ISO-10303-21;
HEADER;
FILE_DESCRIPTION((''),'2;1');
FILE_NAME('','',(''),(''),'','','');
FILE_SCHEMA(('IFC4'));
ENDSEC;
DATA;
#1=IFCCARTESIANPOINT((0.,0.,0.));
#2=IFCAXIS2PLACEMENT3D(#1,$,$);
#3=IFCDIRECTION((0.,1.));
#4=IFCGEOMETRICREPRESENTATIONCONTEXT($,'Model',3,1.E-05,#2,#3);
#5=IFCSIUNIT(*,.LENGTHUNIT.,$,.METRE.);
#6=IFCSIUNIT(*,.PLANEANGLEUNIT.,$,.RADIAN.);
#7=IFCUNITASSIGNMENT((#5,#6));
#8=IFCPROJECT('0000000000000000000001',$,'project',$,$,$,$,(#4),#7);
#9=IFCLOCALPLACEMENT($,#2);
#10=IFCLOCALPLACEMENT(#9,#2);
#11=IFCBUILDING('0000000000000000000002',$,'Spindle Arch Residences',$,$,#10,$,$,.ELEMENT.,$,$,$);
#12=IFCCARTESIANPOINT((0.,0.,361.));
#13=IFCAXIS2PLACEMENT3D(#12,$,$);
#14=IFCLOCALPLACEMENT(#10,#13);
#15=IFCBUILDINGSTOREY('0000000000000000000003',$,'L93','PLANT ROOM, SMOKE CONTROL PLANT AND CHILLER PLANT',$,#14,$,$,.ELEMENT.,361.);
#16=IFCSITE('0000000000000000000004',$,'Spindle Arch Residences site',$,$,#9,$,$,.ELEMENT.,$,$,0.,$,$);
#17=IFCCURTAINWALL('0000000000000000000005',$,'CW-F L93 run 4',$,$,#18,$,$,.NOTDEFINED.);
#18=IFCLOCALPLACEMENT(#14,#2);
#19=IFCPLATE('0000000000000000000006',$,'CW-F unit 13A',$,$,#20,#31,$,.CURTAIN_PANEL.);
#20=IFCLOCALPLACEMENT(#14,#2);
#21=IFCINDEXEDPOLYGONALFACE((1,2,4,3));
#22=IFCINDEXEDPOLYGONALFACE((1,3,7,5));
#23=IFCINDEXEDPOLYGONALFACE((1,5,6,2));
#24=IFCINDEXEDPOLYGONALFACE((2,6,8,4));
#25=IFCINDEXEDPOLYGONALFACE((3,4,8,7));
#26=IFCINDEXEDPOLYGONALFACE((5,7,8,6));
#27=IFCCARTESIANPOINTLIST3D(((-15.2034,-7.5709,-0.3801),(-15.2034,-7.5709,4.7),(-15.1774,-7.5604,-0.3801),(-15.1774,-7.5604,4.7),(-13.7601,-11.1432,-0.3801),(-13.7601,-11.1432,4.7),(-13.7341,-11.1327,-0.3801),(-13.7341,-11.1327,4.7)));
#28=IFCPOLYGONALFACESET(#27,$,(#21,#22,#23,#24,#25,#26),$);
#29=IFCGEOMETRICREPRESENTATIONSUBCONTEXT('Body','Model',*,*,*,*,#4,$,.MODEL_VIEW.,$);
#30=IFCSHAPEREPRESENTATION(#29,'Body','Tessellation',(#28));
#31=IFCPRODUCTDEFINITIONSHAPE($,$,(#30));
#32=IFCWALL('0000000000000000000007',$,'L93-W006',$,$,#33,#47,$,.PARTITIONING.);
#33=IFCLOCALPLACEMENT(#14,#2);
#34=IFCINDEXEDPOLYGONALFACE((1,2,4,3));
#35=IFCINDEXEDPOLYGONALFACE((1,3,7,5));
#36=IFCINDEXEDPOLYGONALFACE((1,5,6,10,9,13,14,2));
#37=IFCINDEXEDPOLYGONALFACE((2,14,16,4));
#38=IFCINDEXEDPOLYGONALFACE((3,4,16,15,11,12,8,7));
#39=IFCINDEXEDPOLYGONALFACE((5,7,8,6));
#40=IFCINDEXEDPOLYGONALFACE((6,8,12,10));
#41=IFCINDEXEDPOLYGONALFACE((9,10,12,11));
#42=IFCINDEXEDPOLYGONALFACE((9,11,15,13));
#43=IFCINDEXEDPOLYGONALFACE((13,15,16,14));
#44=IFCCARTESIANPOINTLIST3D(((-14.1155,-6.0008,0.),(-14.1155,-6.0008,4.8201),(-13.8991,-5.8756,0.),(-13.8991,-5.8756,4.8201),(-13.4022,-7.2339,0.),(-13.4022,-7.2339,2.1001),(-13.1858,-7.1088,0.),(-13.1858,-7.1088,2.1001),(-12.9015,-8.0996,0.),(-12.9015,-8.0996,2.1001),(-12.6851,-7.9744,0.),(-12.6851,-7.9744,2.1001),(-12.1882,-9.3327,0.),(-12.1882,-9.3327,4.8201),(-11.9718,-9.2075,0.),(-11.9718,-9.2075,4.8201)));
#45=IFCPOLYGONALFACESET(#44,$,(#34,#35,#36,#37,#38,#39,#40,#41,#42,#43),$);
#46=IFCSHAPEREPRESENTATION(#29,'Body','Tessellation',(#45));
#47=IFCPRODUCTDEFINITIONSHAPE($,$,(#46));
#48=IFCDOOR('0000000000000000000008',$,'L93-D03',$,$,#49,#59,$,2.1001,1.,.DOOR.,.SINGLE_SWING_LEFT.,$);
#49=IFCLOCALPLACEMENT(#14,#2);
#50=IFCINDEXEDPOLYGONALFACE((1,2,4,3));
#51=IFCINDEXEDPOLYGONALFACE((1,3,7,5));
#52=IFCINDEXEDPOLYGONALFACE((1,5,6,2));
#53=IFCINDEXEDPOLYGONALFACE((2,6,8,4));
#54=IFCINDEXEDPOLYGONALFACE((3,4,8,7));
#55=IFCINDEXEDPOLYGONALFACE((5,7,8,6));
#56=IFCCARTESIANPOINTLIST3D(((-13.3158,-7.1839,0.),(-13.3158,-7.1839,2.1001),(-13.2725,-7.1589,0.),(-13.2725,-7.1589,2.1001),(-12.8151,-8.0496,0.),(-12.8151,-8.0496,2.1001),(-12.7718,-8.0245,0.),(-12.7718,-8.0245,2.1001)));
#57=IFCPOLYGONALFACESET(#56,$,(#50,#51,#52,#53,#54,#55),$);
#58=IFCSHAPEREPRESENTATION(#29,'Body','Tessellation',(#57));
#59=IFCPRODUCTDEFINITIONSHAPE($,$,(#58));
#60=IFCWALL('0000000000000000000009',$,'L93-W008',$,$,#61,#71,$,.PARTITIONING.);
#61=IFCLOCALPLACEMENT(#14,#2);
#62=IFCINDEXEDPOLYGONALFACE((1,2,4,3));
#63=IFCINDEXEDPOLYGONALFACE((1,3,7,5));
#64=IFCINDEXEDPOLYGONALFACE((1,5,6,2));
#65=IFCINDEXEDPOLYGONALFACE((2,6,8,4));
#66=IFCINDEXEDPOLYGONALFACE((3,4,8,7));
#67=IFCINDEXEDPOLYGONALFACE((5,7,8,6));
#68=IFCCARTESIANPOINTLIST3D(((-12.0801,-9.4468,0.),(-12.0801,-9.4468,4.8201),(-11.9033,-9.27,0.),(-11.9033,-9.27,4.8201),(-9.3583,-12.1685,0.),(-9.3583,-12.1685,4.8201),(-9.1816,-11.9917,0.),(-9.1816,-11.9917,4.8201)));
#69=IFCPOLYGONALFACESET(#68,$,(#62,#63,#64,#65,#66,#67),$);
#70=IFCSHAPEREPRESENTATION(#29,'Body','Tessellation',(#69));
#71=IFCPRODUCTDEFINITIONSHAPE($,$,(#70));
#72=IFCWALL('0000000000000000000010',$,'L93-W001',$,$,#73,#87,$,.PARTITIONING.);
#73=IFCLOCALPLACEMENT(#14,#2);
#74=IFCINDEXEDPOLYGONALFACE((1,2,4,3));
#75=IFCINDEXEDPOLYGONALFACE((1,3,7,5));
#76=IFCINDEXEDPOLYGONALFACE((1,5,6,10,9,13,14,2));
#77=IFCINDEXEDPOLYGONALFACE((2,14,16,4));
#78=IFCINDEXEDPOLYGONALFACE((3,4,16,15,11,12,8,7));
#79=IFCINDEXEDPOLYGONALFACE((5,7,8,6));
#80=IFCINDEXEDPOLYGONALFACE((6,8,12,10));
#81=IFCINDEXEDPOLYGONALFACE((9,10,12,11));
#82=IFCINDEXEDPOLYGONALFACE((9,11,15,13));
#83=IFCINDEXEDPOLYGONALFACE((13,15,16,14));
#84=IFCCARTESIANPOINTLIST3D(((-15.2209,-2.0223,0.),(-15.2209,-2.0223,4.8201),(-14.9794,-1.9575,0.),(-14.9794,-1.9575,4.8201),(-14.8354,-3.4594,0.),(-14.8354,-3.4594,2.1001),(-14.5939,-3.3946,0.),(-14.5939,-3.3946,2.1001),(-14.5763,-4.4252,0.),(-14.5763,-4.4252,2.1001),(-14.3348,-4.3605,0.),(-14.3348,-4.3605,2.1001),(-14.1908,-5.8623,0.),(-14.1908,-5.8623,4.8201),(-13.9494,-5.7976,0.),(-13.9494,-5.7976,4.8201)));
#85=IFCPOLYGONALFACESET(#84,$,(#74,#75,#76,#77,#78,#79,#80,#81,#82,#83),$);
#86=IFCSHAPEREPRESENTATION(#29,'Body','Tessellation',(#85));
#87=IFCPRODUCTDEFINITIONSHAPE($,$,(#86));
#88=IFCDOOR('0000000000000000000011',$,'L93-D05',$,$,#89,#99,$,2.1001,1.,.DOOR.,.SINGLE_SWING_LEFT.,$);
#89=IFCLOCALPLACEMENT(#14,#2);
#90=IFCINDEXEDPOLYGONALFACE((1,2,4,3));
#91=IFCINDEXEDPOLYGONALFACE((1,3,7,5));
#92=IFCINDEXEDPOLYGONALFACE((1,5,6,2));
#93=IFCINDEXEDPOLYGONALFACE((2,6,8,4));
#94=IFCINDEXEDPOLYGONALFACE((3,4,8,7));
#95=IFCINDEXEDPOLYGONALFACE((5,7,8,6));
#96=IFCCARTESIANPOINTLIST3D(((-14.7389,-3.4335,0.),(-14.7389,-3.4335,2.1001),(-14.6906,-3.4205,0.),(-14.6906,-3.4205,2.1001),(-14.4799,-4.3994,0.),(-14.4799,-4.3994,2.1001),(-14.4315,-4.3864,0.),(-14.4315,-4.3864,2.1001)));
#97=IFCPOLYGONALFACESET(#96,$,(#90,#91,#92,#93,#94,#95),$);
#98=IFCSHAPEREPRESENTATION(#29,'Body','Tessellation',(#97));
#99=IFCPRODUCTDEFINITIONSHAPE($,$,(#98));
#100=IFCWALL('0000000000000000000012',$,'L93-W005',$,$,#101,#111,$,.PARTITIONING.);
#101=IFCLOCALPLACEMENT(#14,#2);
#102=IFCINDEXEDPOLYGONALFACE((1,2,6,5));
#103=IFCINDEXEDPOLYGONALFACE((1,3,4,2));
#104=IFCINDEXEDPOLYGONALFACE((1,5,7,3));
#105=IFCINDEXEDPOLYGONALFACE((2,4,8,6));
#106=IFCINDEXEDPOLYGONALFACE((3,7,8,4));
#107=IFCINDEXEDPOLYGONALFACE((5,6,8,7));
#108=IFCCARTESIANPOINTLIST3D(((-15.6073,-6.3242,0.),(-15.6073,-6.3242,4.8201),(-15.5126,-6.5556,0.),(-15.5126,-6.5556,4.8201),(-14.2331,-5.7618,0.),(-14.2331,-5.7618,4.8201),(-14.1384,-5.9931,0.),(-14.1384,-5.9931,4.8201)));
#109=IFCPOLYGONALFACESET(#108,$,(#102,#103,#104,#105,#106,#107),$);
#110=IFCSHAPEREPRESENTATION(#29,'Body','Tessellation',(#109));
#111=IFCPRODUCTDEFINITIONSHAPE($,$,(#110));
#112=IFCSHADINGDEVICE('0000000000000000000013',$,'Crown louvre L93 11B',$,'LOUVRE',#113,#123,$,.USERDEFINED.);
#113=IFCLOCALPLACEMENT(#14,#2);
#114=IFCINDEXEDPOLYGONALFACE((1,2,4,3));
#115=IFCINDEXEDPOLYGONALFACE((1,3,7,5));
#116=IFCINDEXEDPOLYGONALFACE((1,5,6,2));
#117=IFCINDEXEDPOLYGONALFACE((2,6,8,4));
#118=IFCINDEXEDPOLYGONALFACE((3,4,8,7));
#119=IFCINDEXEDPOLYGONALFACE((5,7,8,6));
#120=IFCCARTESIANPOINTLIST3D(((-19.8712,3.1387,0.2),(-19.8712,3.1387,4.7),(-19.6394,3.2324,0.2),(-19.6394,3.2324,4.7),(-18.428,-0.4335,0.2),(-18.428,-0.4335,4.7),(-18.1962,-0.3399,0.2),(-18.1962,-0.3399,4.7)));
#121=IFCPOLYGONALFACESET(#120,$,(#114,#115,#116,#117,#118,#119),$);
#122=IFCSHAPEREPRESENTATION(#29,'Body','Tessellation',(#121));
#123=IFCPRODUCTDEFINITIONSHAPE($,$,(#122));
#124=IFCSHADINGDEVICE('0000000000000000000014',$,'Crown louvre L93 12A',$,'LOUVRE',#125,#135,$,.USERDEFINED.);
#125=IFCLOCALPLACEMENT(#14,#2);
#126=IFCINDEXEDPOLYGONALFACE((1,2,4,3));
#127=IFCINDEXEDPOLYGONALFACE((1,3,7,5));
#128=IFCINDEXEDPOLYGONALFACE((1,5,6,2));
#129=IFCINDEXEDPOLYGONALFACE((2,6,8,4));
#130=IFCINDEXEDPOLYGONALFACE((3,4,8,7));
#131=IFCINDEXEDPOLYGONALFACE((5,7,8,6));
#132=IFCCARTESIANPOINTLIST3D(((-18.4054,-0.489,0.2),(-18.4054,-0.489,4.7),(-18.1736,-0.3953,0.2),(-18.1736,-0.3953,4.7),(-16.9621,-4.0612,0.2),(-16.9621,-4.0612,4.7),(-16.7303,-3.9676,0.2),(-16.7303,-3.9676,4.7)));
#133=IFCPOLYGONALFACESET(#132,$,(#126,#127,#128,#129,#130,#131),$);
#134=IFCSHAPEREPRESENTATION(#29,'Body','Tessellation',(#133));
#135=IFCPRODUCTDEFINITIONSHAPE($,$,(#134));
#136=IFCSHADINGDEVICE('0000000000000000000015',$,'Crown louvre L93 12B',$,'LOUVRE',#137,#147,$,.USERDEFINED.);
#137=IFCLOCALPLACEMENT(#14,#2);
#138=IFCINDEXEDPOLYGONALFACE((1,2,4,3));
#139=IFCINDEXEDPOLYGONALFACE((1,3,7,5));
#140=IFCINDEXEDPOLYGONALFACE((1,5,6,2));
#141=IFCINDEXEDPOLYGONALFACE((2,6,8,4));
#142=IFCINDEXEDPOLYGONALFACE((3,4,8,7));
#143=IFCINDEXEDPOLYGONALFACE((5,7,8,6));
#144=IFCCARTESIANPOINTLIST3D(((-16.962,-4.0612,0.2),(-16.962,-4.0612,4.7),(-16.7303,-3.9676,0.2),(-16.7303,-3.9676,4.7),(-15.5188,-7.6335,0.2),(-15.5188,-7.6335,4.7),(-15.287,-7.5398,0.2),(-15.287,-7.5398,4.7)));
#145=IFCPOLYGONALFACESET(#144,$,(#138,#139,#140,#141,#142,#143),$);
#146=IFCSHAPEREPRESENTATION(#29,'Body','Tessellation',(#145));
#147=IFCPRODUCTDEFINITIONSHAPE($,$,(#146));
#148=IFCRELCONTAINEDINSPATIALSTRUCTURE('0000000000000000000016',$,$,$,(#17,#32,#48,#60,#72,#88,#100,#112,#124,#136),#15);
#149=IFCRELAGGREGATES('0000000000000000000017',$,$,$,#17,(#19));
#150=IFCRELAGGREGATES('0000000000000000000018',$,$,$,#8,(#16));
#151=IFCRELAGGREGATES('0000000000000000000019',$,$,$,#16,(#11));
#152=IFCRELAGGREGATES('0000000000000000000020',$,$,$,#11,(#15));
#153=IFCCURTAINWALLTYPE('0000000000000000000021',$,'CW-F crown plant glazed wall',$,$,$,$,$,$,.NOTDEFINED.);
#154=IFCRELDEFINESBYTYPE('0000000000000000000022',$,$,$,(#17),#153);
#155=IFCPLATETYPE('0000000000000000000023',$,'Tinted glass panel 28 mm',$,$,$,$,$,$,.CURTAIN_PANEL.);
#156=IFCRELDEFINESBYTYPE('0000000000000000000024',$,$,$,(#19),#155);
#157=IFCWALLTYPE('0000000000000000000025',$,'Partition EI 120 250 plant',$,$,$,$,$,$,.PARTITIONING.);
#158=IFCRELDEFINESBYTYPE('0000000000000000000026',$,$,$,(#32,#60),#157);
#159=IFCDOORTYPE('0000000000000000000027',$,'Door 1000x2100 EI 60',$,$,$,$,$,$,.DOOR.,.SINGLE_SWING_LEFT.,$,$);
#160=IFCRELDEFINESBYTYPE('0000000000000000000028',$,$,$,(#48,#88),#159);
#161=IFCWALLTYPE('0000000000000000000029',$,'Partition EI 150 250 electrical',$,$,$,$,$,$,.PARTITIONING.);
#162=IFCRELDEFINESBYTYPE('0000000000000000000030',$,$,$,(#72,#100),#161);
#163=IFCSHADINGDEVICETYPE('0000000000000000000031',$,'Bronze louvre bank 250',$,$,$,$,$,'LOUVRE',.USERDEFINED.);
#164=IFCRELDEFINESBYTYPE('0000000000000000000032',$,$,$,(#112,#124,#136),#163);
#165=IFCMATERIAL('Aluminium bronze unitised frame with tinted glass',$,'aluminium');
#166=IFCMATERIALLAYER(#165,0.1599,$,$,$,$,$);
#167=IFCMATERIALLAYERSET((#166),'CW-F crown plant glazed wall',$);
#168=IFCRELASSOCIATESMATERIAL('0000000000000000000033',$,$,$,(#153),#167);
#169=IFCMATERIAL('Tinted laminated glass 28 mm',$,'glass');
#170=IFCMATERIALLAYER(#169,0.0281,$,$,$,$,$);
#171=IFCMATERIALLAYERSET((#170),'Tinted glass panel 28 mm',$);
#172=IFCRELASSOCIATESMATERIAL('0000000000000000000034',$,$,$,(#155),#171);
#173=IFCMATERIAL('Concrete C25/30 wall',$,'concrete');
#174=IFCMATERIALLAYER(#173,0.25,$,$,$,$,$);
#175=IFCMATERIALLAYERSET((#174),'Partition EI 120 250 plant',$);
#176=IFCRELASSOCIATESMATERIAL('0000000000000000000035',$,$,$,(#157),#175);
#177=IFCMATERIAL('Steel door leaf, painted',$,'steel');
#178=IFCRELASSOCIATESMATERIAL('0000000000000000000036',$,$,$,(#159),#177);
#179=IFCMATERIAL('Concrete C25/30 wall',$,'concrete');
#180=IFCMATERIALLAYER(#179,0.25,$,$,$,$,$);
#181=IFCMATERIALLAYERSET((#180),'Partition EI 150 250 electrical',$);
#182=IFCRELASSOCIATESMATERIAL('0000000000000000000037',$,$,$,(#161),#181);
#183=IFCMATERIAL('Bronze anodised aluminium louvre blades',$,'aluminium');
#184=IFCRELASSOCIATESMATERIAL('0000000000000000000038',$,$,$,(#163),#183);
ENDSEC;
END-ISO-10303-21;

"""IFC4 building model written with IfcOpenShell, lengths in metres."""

from ifc_helpers import new_model, si_unit, direction, frame, frame_2d, origin, origin_2d, place, context, subcontext, project, spatial, rectangle, extrude, material, layer, layer_set, type_object, element, fill, aggregate, save


model = new_model("IFC4")

# Units and contexts
model_context = context("Model", 3, precision=1e-05, world=origin(), true_north=direction((0.0, 1.0)))
body_context = subcontext(model_context, "Body", "Model", "MODEL_VIEW")
ifc_project = project(units=[si_unit("LENGTHUNIT", "METRE"), si_unit("PLANEANGLEUNIT", "RADIAN")], contexts=[model_context])

# Site, building, storey
site_placement = place(None, origin())
site = spatial("IfcSite", under=ifc_project, at=site_placement, Name="Spindle Arch Residences site", CompositionType="ELEMENT", RefElevation=0.0)
building_placement = place(site_placement, origin())
building = spatial("IfcBuilding", under=site, at=building_placement, Name="Spindle Arch Residences", CompositionType="ELEMENT")
storey_placement = place(building_placement, frame((0.0, 0.0, 361.0)))
storey = spatial("IfcBuildingStorey", under=building, at=storey_placement, Name="L93", Description="PLANT ROOM, SMOKE CONTROL PLANT AND CHILLER PLANT", CompositionType="ELEMENT", Elevation=361.0)

# Curtain wall
ifc_material_1 = material(Name="Aluminium bronze unitised frame with tinted glass", Category="aluminium")
ifc_layer_1 = layer(ifc_material_1, 0.1599)
ifc_layer_set_1 = layer_set([ifc_layer_1], Name="CW-F crown plant glazed wall")
curtain_wall_type = type_object("IfcCurtainWallType", Name="CW-F crown plant glazed wall", PredefinedType="NOTDEFINED", material=ifc_layer_set_1)
curtain_wall_placement = place(storey_placement, origin())
curtain_wall = element("IfcCurtainWall", 1, at=curtain_wall_placement, inside=storey, type_object=curtain_wall_type, Name="CW-F L93 run 4", PredefinedType="NOTDEFINED")

# Plate
ifc_material_2 = material(Name="Tinted laminated glass 28 mm", Category="glass")
ifc_layer_2 = layer(ifc_material_2, 0.0281)
ifc_layer_set_2 = layer_set([ifc_layer_2], Name="Tinted glass panel 28 mm")
plate_type = type_object("IfcPlateType", Name="Tinted glass panel 28 mm", PredefinedType="CURTAIN_PANEL", material=ifc_layer_set_2)
plate_1_placement = place(storey_placement, frame((-14.4688, -9.3518, -0.3801), z_axis=(0.0, 0.0, 1.0), x_axis=(0.374607, -0.927184, 0.0)))
plate_1 = element("IfcPlate", 2, at=plate_1_placement, type_object=plate_type, Name="CW-F unit 13A", PredefinedType="CURTAIN_PANEL", context=body_context, shape_type="SweptSolid", body=[
    extrude(rectangle(XDim=3.8528, YDim=0.0281, at=origin_2d()), origin(), (0.0, 0.0, 1.0), 5.0801),
])
aggregate(curtain_wall, [plate_1])

# Wall, opening, door
ifc_material_3 = material(Name="Concrete C25/30 wall", Category="concrete")
ifc_layer_3 = layer(ifc_material_3, 0.25)
ifc_layer_set_3 = layer_set([ifc_layer_3], Name="Partition EI 120 250 plant")
wall_type_1 = type_object("IfcWallType", Name="Partition EI 120 250 plant", PredefinedType="PARTITIONING", material=ifc_layer_set_3)
wall_1_placement = place(storey_placement, frame((-14.0073, -5.9382, 0.0), z_axis=(0.0, 0.0, 1.0), x_axis=(0.500709, -0.865616, 0.0)))
wall_1 = element("IfcWall", 3, at=wall_1_placement, inside=storey, type_object=wall_type_1, Name="L93-W006", PredefinedType="PARTITIONING", context=body_context, shape_type="SweptSolid", body=[
    extrude(rectangle(XDim=3.8491, YDim=0.25, at=frame_2d((1.9246, 0.0))), origin(), (0.0, 0.0, 1.0), 4.8201),
])
opening_1_placement = place(wall_1_placement, frame((1.4246, 0.0, 0.0)))
opening_1 = element("IfcOpeningElement", 4, at=opening_1_placement, cuts=wall_1, PredefinedType="OPENING", context=body_context, shape_type="SweptSolid", body=[
    extrude(rectangle(XDim=1.0, YDim=2.1001, at=frame_2d((0.5, 1.05))), frame((0.0, 0.135, 0.0), z_axis=(0.0, -1.0, 0.0), x_axis=(1.0, 0.0, 0.0)), (0.0, 0.0, 1.0), 0.27),
])
ifc_material_4 = material(Name="Steel door leaf, painted", Category="steel")
door_type = type_object("IfcDoorType", Name="Door 1000x2100 EI 60", OperationType="SINGLE_SWING_LEFT", PredefinedType="DOOR", material=ifc_material_4)
door_1_placement = place(opening_1_placement, origin())
door_1 = element("IfcDoor", 5, at=door_1_placement, inside=storey, type_object=door_type, Name="L93-D03", OperationType="SINGLE_SWING_LEFT", OverallHeight=2.1001, OverallWidth=1.0, PredefinedType="DOOR", context=body_context, shape_type="SweptSolid", body=[
    extrude(rectangle(XDim=1.0, YDim=2.1001, at=frame_2d((0.5, 1.05))), frame((0.0, 0.0249, 0.0), z_axis=(0.0, -1.0, 0.0), x_axis=(1.0, 0.0, 0.0)), (0.0, 0.0, 1.0), 0.05),
])
fill(opening_1, door_1)

# Wall
wall_2_placement = place(storey_placement, frame((-11.9917, -9.3584, 0.0), z_axis=(0.0, 0.0, 1.0), x_axis=(0.707107, -0.707107, 0.0)))
element("IfcWall", 6, at=wall_2_placement, inside=storey, type_object=wall_type_1, Name="L93-W008", PredefinedType="PARTITIONING", context=body_context, shape_type="SweptSolid", body=[
    extrude(rectangle(XDim=3.8491, YDim=0.25, at=frame_2d((1.9246, 0.0))), origin(), (0.0, 0.0, 1.0), 4.8201),
])

# Wall, opening, door
ifc_material_5 = material(Name="Concrete C25/30 wall", Category="concrete")
ifc_layer_4 = layer(ifc_material_5, 0.25)
ifc_layer_set_4 = layer_set([ifc_layer_4], Name="Partition EI 150 250 electrical")
wall_type_2 = type_object("IfcWallType", Name="Partition EI 150 250 electrical", PredefinedType="PARTITIONING", material=ifc_layer_set_4)
wall_3_placement = place(storey_placement, frame((-15.1001, -1.99, 0.0), z_axis=(0.0, 0.0, 1.0), x_axis=(0.259073, -0.965858, 0.0)))
wall_3 = element("IfcWall", 7, at=wall_3_placement, inside=storey, type_object=wall_type_2, Name="L93-W001", PredefinedType="PARTITIONING", context=body_context, shape_type="SweptSolid", body=[
    extrude(rectangle(XDim=3.9758, YDim=0.25, at=frame_2d((1.9878, 0.0))), origin(), (0.0, 0.0, 1.0), 4.8201),
])
opening_2_placement = place(wall_3_placement, frame((1.4878, 0.0, 0.0)))
opening_2 = element("IfcOpeningElement", 8, at=opening_2_placement, cuts=wall_3, PredefinedType="OPENING", context=body_context, shape_type="SweptSolid", body=[
    extrude(rectangle(XDim=1.0, YDim=2.1001, at=frame_2d((0.5, 1.05))), frame((0.0, 0.135, 0.0), z_axis=(0.0, -1.0, 0.0), x_axis=(1.0, 0.0, 0.0)), (0.0, 0.0, 1.0), 0.27),
])
door_2_placement = place(opening_2_placement, origin())
door_2 = element("IfcDoor", 9, at=door_2_placement, inside=storey, type_object=door_type, Name="L93-D05", OperationType="SINGLE_SWING_LEFT", OverallHeight=2.1001, OverallWidth=1.0, PredefinedType="DOOR", context=body_context, shape_type="SweptSolid", body=[
    extrude(rectangle(XDim=1.0, YDim=2.1001, at=frame_2d((0.5, 1.05))), frame((0.0, 0.0249, 0.0), z_axis=(0.0, -1.0, 0.0), x_axis=(1.0, 0.0, 0.0)), (0.0, 0.0, 1.0), 0.05),
])
fill(opening_2, door_2)

# Wall
wall_4_placement = place(storey_placement, frame((-14.1858, -5.8774, 0.0), z_axis=(0.0, 0.0, 1.0), x_axis=(-0.925476, -0.378806, 0.0)))
element("IfcWall", 10, at=wall_4_placement, inside=storey, type_object=wall_type_2, Name="L93-W005", PredefinedType="PARTITIONING", context=body_context, shape_type="SweptSolid", body=[
    extrude(rectangle(XDim=1.4849, YDim=0.25, at=frame_2d((0.7424, 0.0))), origin(), (0.0, 0.0, 1.0), 4.8201),
])

# Shading devices
ifc_material_6 = material(Name="Bronze anodised aluminium louvre blades", Category="aluminium")
shading_device_type = type_object("IfcShadingDeviceType", Name="Bronze louvre bank 250", ElementType="LOUVRE", PredefinedType="USERDEFINED", material=ifc_material_6)
for number, where, z_axis, x_axis, name in (
    (11, (-19.0337, 1.3994, 0.2), (0.0, 0.0, 1.0), (0.374607, -0.927184, 0.0), "Crown louvre L93 11B"),
    (12, (-17.5679, -2.2283, 0.2), (0.0, 0.0, 1.0), (0.374607, -0.927184, 0.0), "Crown louvre L93 12A"),
    (13, (-16.1245, -5.8005, 0.2), (0.0, 0.0, 1.0), (0.374607, -0.927184, 0.0), "Crown louvre L93 12B"),
):
    element("IfcShadingDevice", number, at=place(storey_placement, frame(where, z_axis=z_axis, x_axis=x_axis)), inside=storey, type_object=shading_device_type, Name=name, ObjectType="LOUVRE", PredefinedType="USERDEFINED", context=body_context, shape_type="SweptSolid", body=[
        extrude(rectangle(XDim=3.8528, YDim=0.25, at=origin_2d()), origin(), (0.0, 0.0, 1.0), 4.5),
    ])

save(model, "model.ifc")
